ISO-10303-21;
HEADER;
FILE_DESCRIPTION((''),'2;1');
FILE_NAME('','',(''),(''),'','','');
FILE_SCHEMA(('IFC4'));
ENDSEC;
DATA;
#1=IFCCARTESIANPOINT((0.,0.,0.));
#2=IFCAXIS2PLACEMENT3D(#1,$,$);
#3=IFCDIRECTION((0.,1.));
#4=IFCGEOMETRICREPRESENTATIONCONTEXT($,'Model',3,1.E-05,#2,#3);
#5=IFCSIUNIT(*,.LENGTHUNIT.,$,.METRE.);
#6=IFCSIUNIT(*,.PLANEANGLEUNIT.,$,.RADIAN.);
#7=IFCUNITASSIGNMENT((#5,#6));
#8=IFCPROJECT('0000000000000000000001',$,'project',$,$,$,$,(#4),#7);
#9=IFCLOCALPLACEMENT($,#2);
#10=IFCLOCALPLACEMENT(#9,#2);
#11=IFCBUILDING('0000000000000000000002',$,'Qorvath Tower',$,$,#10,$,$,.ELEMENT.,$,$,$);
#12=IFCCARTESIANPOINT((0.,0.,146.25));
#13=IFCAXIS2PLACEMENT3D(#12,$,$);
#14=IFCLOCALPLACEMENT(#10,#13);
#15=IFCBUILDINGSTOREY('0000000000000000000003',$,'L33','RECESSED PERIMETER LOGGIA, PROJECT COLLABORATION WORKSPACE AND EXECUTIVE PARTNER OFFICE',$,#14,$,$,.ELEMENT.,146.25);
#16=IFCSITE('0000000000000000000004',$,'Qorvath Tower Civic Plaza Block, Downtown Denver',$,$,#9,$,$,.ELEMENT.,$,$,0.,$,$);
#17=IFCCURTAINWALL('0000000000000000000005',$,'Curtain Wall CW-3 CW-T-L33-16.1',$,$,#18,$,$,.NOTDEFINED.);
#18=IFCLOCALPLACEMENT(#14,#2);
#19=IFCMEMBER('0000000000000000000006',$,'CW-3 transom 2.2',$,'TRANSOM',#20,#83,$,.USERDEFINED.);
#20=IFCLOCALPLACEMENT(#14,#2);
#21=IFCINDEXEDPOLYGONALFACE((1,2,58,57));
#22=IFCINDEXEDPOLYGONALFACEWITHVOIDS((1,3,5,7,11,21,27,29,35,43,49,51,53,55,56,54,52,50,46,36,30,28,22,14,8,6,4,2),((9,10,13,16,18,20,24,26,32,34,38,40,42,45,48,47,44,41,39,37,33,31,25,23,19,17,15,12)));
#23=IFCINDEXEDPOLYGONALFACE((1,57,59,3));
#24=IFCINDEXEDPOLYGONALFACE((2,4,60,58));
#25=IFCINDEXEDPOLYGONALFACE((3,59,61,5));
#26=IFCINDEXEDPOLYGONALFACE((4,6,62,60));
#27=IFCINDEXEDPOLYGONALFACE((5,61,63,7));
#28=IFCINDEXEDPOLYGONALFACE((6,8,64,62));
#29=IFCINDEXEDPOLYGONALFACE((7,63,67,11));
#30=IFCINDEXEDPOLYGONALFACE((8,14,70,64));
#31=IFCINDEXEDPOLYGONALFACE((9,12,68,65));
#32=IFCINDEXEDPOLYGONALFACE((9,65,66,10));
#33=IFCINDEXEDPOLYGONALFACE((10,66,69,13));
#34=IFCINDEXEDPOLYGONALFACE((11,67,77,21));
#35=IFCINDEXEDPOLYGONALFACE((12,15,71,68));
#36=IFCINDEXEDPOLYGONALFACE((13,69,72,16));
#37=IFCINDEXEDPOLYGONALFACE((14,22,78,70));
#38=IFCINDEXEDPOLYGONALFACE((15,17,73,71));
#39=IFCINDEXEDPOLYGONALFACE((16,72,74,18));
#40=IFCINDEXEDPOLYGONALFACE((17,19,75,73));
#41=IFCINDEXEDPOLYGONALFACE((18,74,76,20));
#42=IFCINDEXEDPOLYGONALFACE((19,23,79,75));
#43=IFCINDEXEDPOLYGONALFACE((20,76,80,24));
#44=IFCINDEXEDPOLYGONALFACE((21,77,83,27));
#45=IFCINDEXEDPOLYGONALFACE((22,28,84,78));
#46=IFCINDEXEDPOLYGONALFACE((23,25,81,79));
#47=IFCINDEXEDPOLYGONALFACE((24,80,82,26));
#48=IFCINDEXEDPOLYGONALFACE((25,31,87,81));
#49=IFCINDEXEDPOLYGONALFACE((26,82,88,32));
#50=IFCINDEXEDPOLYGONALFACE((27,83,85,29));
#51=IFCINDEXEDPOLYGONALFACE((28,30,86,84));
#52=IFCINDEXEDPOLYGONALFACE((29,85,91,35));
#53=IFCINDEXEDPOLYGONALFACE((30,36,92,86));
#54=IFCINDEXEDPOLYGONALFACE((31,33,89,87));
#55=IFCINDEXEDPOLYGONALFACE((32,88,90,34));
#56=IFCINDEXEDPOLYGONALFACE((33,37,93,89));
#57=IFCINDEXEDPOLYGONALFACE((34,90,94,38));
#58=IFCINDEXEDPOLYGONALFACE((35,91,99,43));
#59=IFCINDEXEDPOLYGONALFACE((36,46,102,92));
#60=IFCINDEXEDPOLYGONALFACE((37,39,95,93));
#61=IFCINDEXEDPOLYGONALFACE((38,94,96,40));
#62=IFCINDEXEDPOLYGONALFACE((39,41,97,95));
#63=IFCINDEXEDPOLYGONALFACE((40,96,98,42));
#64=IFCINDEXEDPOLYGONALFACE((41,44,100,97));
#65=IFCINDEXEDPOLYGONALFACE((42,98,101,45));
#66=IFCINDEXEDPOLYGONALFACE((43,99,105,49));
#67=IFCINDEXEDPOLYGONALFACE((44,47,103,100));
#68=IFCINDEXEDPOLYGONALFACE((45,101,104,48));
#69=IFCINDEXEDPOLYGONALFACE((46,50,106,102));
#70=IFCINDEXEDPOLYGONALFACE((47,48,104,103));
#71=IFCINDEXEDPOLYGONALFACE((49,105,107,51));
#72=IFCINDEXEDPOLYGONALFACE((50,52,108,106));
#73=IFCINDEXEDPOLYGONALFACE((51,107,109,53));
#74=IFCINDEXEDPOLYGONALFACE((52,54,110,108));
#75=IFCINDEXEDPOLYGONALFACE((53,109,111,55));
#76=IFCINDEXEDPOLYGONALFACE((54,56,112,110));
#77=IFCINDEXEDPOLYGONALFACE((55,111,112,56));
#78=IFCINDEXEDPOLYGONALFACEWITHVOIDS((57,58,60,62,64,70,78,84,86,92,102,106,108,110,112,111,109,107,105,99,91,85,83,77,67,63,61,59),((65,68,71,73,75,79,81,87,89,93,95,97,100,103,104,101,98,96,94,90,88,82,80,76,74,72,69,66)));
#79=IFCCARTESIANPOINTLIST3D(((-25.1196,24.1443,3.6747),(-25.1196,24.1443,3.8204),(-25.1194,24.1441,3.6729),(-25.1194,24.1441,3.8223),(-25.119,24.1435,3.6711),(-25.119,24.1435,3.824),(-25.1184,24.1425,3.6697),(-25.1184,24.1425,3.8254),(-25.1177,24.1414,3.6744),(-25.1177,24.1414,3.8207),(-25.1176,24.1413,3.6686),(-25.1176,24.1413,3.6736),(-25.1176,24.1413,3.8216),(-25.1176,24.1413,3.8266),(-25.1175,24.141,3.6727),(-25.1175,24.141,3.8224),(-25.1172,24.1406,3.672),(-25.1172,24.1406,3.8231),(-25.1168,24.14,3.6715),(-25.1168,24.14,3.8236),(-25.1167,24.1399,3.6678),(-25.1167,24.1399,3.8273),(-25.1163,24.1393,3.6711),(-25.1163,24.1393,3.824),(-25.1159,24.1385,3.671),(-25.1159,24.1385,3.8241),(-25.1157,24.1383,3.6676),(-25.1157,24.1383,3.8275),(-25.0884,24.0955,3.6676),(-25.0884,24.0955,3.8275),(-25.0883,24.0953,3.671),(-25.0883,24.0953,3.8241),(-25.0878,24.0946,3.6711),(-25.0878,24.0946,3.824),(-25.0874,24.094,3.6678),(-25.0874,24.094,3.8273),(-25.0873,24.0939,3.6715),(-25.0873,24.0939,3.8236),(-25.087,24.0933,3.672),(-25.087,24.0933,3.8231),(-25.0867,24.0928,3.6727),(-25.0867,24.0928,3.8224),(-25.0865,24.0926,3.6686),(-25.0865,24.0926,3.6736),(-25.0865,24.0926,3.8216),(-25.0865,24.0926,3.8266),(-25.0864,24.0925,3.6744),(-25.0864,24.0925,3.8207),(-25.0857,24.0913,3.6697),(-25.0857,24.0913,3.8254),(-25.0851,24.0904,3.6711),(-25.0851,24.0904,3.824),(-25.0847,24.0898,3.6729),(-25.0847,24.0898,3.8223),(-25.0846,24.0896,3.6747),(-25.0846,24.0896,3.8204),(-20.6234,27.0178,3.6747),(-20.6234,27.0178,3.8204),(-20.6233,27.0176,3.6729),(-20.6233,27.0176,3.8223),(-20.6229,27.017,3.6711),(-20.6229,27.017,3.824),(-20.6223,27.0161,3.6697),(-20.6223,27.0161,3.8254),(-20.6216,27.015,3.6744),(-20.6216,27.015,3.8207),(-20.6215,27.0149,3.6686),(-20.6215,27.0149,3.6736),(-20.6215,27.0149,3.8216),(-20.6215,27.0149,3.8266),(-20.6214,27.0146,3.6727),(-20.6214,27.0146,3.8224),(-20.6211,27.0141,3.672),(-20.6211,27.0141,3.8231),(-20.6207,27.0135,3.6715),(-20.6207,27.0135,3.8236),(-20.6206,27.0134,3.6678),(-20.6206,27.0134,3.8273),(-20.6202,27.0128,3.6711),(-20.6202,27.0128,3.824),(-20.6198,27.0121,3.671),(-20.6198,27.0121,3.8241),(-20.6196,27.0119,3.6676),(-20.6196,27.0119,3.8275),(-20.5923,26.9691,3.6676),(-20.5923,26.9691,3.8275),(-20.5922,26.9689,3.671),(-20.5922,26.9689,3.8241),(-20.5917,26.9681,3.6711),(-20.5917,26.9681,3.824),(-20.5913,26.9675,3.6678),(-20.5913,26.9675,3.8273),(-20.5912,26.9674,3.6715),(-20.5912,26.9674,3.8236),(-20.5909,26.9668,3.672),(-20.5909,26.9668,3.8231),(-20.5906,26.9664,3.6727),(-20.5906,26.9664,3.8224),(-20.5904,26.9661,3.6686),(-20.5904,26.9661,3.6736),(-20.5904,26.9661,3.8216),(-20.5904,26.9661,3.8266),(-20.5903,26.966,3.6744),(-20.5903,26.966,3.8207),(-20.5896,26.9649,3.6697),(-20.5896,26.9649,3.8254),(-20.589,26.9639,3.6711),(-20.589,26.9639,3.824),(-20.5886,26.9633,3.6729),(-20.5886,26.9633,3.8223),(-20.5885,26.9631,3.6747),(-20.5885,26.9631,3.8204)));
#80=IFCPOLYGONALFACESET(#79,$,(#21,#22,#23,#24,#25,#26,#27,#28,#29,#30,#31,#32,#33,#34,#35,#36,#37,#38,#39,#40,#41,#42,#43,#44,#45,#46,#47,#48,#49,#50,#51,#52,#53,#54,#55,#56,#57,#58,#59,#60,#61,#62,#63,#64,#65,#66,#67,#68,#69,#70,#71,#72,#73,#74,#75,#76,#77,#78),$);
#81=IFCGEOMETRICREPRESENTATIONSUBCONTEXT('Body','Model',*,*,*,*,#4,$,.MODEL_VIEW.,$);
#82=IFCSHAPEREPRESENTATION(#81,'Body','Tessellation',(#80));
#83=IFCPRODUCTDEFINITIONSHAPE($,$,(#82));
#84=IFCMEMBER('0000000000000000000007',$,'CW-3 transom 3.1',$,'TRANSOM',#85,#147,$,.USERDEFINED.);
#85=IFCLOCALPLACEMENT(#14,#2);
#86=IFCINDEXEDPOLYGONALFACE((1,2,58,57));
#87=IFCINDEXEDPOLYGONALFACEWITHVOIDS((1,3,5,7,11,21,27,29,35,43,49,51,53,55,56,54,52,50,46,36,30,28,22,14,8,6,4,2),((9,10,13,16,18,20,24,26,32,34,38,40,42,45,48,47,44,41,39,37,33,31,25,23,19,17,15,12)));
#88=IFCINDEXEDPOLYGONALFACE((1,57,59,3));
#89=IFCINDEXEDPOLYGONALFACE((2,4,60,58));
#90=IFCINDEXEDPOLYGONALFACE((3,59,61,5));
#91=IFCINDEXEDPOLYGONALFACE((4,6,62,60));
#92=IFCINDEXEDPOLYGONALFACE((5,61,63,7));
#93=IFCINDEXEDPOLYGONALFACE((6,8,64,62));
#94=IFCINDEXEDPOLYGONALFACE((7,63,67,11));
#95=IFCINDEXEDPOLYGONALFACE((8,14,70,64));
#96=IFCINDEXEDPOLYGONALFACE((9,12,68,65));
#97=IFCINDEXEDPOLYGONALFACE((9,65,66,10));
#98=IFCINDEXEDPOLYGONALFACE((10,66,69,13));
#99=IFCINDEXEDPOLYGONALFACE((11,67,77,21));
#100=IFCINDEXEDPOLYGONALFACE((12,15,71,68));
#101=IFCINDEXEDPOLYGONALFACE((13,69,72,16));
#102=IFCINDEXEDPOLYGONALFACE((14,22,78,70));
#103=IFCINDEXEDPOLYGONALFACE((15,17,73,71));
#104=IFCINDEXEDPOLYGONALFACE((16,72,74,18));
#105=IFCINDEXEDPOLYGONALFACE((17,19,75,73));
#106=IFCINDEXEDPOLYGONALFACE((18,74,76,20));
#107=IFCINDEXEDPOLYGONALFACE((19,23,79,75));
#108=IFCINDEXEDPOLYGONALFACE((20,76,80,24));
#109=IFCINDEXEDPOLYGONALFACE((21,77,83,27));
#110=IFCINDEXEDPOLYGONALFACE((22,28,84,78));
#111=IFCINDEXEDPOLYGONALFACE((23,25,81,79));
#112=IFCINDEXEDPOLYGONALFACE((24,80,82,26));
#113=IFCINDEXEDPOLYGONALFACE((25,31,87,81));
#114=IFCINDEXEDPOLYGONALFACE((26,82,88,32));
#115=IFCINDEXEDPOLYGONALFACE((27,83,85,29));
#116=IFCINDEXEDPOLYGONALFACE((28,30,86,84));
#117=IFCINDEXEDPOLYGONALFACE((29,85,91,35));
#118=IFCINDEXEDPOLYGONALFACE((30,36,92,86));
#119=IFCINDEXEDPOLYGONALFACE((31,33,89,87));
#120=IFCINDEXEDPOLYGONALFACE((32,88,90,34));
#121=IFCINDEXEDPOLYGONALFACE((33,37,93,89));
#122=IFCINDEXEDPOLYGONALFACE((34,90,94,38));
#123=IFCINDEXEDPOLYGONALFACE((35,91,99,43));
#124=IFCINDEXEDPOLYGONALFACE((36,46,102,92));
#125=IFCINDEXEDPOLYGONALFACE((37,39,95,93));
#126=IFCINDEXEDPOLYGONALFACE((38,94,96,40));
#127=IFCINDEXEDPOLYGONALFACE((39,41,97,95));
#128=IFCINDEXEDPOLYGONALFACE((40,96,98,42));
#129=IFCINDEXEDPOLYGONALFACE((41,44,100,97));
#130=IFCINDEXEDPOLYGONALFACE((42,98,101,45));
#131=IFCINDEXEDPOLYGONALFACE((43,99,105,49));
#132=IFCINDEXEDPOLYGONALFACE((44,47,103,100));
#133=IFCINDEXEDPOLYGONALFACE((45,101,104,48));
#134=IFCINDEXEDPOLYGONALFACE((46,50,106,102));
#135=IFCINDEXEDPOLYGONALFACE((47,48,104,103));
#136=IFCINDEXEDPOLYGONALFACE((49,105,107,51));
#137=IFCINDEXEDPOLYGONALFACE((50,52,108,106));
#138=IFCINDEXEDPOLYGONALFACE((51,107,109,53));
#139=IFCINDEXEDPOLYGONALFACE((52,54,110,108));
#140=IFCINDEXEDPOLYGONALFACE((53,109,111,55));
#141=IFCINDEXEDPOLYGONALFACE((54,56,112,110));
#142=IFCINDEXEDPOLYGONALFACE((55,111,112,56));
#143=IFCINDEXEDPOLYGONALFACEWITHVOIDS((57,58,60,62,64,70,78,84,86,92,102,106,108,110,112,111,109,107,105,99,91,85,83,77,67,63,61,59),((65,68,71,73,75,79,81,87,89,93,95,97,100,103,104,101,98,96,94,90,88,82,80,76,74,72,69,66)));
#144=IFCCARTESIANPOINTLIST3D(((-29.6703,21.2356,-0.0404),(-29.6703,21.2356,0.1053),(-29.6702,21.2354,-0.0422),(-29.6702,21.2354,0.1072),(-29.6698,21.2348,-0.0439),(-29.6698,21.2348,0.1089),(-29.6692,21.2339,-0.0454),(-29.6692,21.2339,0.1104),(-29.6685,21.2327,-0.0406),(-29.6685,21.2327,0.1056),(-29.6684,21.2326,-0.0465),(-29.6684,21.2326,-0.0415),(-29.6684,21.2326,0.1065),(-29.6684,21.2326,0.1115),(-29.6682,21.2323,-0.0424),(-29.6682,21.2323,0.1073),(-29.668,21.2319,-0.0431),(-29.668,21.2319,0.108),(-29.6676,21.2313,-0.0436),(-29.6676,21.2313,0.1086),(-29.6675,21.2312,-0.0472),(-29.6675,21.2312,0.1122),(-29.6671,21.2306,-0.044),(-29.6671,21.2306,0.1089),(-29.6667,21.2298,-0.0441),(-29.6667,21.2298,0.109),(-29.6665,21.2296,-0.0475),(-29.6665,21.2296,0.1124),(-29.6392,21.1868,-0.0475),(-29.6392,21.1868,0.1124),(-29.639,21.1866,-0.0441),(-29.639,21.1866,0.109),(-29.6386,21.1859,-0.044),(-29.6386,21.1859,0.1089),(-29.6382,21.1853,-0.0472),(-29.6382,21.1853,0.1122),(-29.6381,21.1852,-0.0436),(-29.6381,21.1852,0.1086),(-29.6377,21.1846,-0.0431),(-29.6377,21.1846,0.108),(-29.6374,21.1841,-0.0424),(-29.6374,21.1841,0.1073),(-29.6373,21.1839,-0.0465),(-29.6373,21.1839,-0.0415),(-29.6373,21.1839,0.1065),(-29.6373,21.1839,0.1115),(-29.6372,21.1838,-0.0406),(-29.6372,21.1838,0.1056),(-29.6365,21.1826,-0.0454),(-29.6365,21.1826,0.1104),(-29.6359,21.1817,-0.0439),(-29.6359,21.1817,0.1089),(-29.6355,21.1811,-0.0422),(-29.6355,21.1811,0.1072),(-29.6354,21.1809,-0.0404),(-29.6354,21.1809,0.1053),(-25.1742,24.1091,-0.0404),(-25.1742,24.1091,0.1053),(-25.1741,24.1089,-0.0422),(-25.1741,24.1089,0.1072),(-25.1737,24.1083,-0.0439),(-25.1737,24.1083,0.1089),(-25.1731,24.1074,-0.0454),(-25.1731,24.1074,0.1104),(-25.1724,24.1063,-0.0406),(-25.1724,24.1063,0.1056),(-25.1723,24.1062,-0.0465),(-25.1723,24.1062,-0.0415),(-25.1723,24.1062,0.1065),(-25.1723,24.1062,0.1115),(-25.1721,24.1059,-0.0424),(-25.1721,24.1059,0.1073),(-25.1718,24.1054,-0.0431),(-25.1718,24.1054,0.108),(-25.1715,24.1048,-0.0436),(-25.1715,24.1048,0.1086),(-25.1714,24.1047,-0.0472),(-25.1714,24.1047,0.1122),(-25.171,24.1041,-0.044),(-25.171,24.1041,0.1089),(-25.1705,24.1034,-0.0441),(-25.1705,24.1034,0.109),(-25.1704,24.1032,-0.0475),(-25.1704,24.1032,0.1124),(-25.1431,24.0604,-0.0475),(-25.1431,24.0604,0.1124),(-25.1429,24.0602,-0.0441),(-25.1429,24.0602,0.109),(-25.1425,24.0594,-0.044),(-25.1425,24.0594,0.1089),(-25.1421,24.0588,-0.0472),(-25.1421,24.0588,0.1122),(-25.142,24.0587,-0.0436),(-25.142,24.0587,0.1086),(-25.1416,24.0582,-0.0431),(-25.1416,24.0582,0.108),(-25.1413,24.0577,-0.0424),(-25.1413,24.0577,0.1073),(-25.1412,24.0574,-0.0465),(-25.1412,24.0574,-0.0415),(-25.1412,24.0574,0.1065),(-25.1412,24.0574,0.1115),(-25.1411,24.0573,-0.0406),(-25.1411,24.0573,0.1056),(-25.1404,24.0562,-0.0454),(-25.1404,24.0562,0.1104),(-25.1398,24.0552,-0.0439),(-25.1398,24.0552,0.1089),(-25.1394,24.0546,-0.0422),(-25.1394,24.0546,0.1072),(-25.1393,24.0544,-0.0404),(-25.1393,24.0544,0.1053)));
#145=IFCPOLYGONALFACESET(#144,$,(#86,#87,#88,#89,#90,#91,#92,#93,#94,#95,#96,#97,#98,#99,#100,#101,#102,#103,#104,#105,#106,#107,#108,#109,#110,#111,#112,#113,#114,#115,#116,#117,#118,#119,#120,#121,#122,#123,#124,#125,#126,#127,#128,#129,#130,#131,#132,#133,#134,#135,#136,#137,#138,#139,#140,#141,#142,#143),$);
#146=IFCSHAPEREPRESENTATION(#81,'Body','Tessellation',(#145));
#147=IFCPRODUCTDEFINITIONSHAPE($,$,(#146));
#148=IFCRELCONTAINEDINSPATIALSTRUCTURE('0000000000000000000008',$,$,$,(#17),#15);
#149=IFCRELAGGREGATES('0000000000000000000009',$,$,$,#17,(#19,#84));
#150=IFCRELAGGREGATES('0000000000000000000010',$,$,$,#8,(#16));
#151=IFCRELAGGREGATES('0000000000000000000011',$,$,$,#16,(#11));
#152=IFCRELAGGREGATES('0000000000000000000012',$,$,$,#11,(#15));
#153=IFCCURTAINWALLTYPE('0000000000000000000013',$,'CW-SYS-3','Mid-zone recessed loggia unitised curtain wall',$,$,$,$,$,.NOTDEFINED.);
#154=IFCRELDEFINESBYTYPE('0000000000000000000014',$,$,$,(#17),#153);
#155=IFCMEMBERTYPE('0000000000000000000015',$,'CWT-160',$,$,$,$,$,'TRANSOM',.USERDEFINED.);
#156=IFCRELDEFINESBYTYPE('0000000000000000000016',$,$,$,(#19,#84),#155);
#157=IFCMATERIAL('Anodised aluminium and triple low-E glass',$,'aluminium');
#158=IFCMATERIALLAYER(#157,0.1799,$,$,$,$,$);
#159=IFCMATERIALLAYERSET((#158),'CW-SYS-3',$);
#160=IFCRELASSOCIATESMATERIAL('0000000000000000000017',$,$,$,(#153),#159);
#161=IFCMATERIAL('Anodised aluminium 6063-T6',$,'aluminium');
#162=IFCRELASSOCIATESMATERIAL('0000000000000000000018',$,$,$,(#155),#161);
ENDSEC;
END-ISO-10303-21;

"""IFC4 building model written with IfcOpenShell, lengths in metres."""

from ifc_helpers import new_model, si_unit, direction, frame, origin, origin_2d, place, context, subcontext, project, spatial, hollow_rectangle, extrude, material, layer, layer_set, material_profile, profile_set, type_object, element, aggregate, save


model = new_model("IFC4")

# Units and contexts
model_context = context("Model", 3, precision=1e-05, world=origin(), true_north=direction((0.0, 1.0)))
body_context = subcontext(model_context, "Body", "Model", "MODEL_VIEW")
ifc_project = project(units=[si_unit("LENGTHUNIT", "METRE"), si_unit("PLANEANGLEUNIT", "RADIAN")], contexts=[model_context])

# Site, building, storey
site_placement = place(None, origin())
site = spatial("IfcSite", under=ifc_project, at=site_placement, Name="Qorvath Tower Civic Plaza Block, Downtown Denver", CompositionType="ELEMENT", RefElevation=0.0)
building_placement = place(site_placement, origin())
building = spatial("IfcBuilding", under=site, at=building_placement, Name="Qorvath Tower", CompositionType="ELEMENT")
storey_placement = place(building_placement, frame((0.0, 0.0, 146.25)))
storey = spatial("IfcBuildingStorey", under=building, at=storey_placement, Name="L33", Description="RECESSED PERIMETER LOGGIA, PROJECT COLLABORATION WORKSPACE AND EXECUTIVE PARTNER OFFICE", CompositionType="ELEMENT", Elevation=146.25)

# Curtain wall, members
ifc_material_1 = material(Name="Anodised aluminium and triple low-E glass", Category="aluminium")
ifc_layer_1 = layer(ifc_material_1, 0.1799)
ifc_layer_set_1 = layer_set([ifc_layer_1], Name="CW-SYS-3")
curtain_wall_type = type_object("IfcCurtainWallType", Name="CW-SYS-3", Description="Mid-zone recessed loggia unitised curtain wall", PredefinedType="NOTDEFINED", material=ifc_layer_set_1)
curtain_wall_placement = place(storey_placement, origin())
curtain_wall = element("IfcCurtainWall", 1, at=curtain_wall_placement, inside=storey, type_object=curtain_wall_type, Name="Curtain Wall CW-3 CW-T-L33-16.1", PredefinedType="NOTDEFINED")
ifc_material_2 = material(Name="Anodised aluminium 6063-T6", Category="aluminium")
ifc_material_profile_1 = material_profile(ifc_material_2, hollow_rectangle(XDim=0.0649, YDim=0.1599, WallThickness=0.0034, InnerFilletRadius=0.0034, OuterFilletRadius=0.0071, at=origin_2d()), Name="CWT 160x65")
ifc_profile_set_1 = profile_set([ifc_material_profile_1], Name="Anodised aluminium 6063-T6")
member_type_1 = type_object("IfcMemberType", Name="CWT-160", ElementType="TRANSOM", PredefinedType="USERDEFINED", material=ifc_profile_set_1)
member_1_placement = place(storey_placement, frame((-20.606, 26.9905, 3.7476), z_axis=(-0.842609, -0.538526, 0.0), x_axis=(0.538526, -0.842609, 0.0)))
member_1 = element("IfcMember", 2, at=member_1_placement, type_object=member_type_1, Name="CW-3 transom 2.2", ObjectType="TRANSOM", PredefinedType="USERDEFINED", context=body_context, shape_type="SweptSolid", body=[
    extrude(hollow_rectangle(XDim=0.0649, YDim=0.1599, WallThickness=0.0034, InnerFilletRadius=0.0034, OuterFilletRadius=0.0071, at=origin_2d()), origin(), (0.0, 0.0, 1.0), 5.3359),
])
member_2_placement = place(storey_placement, frame((-25.1567, 24.0818, 0.0325), z_axis=(-0.842609, -0.538526, 0.0), x_axis=(0.538526, -0.842609, 0.0)))
member_2 = element("IfcMember", 3, at=member_2_placement, type_object=member_type_1, Name="CW-3 transom 3.1", ObjectType="TRANSOM", PredefinedType="USERDEFINED", context=body_context, shape_type="SweptSolid", body=[
    extrude(hollow_rectangle(XDim=0.0649, YDim=0.1599, WallThickness=0.0034, InnerFilletRadius=0.0034, OuterFilletRadius=0.0071, at=origin_2d()), origin(), (0.0, 0.0, 1.0), 5.3359),
])
aggregate(curtain_wall, [member_1, member_2])

save(model, "model.ifc")
